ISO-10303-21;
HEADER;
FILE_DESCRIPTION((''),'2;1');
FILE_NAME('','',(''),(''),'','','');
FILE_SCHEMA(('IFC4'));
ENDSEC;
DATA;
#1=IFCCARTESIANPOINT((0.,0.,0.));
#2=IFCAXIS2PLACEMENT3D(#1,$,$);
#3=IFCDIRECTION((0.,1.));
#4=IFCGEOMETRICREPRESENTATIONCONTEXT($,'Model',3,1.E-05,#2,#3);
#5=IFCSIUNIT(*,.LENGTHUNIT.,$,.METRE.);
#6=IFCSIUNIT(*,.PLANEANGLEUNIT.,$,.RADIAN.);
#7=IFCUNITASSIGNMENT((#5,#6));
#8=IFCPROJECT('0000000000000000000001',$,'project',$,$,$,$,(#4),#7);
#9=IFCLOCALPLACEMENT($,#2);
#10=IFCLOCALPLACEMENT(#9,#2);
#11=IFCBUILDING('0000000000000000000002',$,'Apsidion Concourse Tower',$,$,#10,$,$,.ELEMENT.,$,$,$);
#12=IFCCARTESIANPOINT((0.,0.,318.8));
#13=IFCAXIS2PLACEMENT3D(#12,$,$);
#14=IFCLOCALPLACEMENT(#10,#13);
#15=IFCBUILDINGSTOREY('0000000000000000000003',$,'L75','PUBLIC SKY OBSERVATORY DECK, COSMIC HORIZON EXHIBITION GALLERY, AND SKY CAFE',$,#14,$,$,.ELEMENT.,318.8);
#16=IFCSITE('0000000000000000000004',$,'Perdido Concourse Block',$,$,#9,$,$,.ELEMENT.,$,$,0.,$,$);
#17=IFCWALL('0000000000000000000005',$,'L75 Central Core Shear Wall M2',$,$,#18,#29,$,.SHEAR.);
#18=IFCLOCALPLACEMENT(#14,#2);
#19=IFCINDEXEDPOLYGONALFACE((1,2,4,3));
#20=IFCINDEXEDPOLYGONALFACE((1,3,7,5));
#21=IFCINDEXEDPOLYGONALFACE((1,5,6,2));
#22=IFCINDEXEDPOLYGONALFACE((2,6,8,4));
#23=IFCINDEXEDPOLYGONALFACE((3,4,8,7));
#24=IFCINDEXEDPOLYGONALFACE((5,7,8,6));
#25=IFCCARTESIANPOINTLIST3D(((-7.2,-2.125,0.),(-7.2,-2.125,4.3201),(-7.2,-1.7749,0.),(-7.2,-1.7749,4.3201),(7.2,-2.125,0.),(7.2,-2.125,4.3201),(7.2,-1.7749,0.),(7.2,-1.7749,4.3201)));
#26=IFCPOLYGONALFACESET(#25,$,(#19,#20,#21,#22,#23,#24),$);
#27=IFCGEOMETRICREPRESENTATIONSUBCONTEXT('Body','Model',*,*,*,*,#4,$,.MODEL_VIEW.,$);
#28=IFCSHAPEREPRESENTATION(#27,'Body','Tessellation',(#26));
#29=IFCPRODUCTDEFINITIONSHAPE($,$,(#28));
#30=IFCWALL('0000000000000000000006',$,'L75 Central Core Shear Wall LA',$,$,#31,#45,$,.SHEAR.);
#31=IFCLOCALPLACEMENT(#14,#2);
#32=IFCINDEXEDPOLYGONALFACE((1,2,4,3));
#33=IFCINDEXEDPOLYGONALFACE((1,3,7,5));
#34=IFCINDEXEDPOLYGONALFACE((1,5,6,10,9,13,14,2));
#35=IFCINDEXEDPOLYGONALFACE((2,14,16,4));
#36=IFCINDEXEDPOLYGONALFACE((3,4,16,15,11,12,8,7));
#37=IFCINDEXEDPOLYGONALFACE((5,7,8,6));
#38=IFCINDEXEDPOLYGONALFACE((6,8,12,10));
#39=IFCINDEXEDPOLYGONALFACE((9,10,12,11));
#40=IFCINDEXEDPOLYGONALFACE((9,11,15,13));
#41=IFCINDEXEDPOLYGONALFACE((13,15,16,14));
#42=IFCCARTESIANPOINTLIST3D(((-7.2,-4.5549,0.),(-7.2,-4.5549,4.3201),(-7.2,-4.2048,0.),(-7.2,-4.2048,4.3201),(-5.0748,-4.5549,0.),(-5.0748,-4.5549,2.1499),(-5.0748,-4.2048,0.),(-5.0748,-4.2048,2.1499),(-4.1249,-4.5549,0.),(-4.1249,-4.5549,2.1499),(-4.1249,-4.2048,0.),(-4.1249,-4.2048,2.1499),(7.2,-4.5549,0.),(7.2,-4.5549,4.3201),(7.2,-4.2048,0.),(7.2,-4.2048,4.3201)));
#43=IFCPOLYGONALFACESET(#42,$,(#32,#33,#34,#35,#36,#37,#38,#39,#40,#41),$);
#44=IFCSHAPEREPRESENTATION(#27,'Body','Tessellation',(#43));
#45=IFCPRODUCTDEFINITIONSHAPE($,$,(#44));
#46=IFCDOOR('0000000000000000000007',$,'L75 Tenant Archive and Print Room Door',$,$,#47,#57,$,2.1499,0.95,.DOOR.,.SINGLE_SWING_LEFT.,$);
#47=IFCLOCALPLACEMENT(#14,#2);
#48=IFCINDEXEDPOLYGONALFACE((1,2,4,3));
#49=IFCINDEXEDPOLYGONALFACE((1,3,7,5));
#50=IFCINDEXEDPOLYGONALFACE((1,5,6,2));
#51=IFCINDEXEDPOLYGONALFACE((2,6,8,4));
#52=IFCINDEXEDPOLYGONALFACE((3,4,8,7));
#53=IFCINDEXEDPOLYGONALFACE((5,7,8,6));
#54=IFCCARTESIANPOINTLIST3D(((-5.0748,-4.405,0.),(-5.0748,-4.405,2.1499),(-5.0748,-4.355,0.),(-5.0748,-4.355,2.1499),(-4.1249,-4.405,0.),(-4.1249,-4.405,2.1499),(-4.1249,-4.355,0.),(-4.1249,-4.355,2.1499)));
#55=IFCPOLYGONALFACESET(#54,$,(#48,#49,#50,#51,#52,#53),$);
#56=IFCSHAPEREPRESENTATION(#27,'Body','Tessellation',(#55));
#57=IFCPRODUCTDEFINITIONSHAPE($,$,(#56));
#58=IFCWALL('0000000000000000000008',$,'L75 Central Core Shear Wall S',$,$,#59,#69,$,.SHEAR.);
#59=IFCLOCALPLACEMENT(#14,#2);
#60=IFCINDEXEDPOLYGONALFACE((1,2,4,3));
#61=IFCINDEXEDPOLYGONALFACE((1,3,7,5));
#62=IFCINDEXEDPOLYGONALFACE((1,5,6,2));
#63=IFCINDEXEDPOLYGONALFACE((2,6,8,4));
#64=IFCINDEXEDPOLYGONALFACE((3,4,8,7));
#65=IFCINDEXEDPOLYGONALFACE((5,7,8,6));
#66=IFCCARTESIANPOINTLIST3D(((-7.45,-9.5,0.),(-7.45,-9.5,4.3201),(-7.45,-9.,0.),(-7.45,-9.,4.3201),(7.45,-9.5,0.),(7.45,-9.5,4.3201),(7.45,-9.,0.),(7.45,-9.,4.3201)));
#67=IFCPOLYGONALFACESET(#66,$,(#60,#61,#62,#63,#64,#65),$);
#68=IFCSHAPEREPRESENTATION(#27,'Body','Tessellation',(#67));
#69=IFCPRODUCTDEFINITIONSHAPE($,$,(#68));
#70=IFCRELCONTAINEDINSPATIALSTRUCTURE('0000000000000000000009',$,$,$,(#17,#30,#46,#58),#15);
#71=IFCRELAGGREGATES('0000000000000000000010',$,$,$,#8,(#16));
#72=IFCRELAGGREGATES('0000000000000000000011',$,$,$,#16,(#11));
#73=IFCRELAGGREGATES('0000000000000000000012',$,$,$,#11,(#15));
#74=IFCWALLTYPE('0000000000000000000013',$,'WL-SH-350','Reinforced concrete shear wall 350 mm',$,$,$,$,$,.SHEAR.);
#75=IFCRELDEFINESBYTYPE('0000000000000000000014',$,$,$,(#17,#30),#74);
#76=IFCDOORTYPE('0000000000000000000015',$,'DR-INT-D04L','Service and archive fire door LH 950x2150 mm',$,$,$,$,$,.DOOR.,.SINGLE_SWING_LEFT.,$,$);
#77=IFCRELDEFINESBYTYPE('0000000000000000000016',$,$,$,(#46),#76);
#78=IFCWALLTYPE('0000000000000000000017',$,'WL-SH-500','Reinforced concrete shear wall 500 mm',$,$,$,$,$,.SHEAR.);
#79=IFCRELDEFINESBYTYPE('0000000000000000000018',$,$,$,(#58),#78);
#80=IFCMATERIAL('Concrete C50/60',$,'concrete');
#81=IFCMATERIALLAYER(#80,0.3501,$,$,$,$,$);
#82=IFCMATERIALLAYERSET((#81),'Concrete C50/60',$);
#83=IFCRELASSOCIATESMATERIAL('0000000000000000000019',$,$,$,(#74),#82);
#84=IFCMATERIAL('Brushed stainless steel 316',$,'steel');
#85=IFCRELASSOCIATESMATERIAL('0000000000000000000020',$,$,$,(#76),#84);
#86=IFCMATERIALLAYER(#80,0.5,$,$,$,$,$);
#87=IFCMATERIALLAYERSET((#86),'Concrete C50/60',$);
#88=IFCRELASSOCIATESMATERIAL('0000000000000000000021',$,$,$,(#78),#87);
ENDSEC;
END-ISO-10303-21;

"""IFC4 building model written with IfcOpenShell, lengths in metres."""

from ifc_helpers import new_model, si_unit, direction, frame, frame_2d, origin, place, context, subcontext, project, spatial, rectangle, extrude, material, layer, layer_set, type_object, element, fill, save


model = new_model("IFC4")

# Units and contexts
model_context = context("Model", 3, precision=1e-05, world=origin(), true_north=direction((0.0, 1.0)))
body_context = subcontext(model_context, "Body", "Model", "MODEL_VIEW")
ifc_project = project(units=[si_unit("LENGTHUNIT", "METRE"), si_unit("PLANEANGLEUNIT", "RADIAN")], contexts=[model_context])

# Site, building, storey
site_placement = place(None, origin())
site = spatial("IfcSite", under=ifc_project, at=site_placement, Name="Perdido Concourse Block", CompositionType="ELEMENT", RefElevation=0.0)
building_placement = place(site_placement, origin())
building = spatial("IfcBuilding", under=site, at=building_placement, Name="Apsidion Concourse Tower", CompositionType="ELEMENT")
storey_placement = place(building_placement, frame((0.0, 0.0, 318.8)))
storey = spatial("IfcBuildingStorey", under=building, at=storey_placement, Name="L75", Description="PUBLIC SKY OBSERVATORY DECK, COSMIC HORIZON EXHIBITION GALLERY, AND SKY CAFE", CompositionType="ELEMENT", Elevation=318.8)

# Shared definitions
ifc_material_1 = material(Name="Concrete C50/60", Category="concrete")

# Shared definitions
ifc_material_2 = material(Name="Brushed stainless steel 316", Category="steel")

# Wall
ifc_layer_1 = layer(ifc_material_1, 0.3501)
ifc_layer_set_1 = layer_set([ifc_layer_1], Name="Concrete C50/60")
wall_type_1 = type_object("IfcWallType", Name="WL-SH-350", Description="Reinforced concrete shear wall 350 mm", PredefinedType="SHEAR", material=ifc_layer_set_1)
wall_1_placement = place(storey_placement, frame((-7.2, -1.95, 0.0), z_axis=(0.0, 0.0, 1.0), x_axis=(1.0, 0.0, 0.0)))
element("IfcWall", 1, at=wall_1_placement, inside=storey, type_object=wall_type_1, Name="L75 Central Core Shear Wall M2", PredefinedType="SHEAR", context=body_context, shape_type="SweptSolid", body=[
    extrude(rectangle(XDim=14.3999, YDim=0.3501, at=frame_2d((7.2, 0.0))), origin(), (0.0, 0.0, 1.0), 4.3201),
])

# Wall, opening, door
wall_2_placement = place(storey_placement, frame((-7.2, -4.3799, 0.0), z_axis=(0.0, 0.0, 1.0), x_axis=(1.0, 0.0, 0.0)))
wall_2 = element("IfcWall", 2, at=wall_2_placement, inside=storey, type_object=wall_type_1, Name="L75 Central Core Shear Wall LA", PredefinedType="SHEAR", context=body_context, shape_type="SweptSolid", body=[
    extrude(rectangle(XDim=14.3999, YDim=0.3501, at=frame_2d((7.2, 0.0))), origin(), (0.0, 0.0, 1.0), 4.3201),
])
opening_1_placement = place(wall_2_placement, frame((2.125, 0.0, 0.0)))
opening_1 = element("IfcOpeningElement", 3, at=opening_1_placement, cuts=wall_2, PredefinedType="OPENING", context=body_context, shape_type="SweptSolid", body=[
    extrude(rectangle(XDim=0.95, YDim=2.1499, at=frame_2d((0.4751, 1.075))), frame((0.0, 0.1851, 0.0), z_axis=(0.0, -1.0, 0.0), x_axis=(1.0, 0.0, 0.0)), (0.0, 0.0, 1.0), 0.3701),
])
door_type_1 = type_object("IfcDoorType", Name="DR-INT-D04L", Description="Service and archive fire door LH 950x2150 mm", OperationType="SINGLE_SWING_LEFT", PredefinedType="DOOR", material=ifc_material_2)
door_1_placement = place(opening_1_placement, origin())
door_1 = element("IfcDoor", 4, at=door_1_placement, inside=storey, type_object=door_type_1, Name="L75 Tenant Archive and Print Room Door", OperationType="SINGLE_SWING_LEFT", OverallHeight=2.1499, OverallWidth=0.95, PredefinedType="DOOR", context=body_context, shape_type="SweptSolid", body=[
    extrude(rectangle(XDim=0.95, YDim=2.1499, at=frame_2d((0.4751, 1.075))), frame((0.0, 0.0249, 0.0), z_axis=(0.0, -1.0, 0.0), x_axis=(1.0, 0.0, 0.0)), (0.0, 0.0, 1.0), 0.05),
])
fill(opening_1, door_1)

# Shared definitions
ifc_layer_2 = layer(ifc_material_1, 0.5)
ifc_layer_set_2 = layer_set([ifc_layer_2], Name="Concrete C50/60")
wall_type_2 = type_object("IfcWallType", Name="WL-SH-500", Description="Reinforced concrete shear wall 500 mm", PredefinedType="SHEAR", material=ifc_layer_set_2)

# Wall
wall_3_placement = place(storey_placement, frame((-7.45, -9.25, 0.0), z_axis=(0.0, 0.0, 1.0), x_axis=(1.0, 0.0, 0.0)))
element("IfcWall", 5, at=wall_3_placement, inside=storey, type_object=wall_type_2, Name="L75 Central Core Shear Wall S", PredefinedType="SHEAR", context=body_context, shape_type="SweptSolid", body=[
    extrude(rectangle(XDim=14.8999, YDim=0.5, at=frame_2d((7.45, 0.0))), origin(), (0.0, 0.0, 1.0), 4.3201),
])

save(model, "model.ifc")
